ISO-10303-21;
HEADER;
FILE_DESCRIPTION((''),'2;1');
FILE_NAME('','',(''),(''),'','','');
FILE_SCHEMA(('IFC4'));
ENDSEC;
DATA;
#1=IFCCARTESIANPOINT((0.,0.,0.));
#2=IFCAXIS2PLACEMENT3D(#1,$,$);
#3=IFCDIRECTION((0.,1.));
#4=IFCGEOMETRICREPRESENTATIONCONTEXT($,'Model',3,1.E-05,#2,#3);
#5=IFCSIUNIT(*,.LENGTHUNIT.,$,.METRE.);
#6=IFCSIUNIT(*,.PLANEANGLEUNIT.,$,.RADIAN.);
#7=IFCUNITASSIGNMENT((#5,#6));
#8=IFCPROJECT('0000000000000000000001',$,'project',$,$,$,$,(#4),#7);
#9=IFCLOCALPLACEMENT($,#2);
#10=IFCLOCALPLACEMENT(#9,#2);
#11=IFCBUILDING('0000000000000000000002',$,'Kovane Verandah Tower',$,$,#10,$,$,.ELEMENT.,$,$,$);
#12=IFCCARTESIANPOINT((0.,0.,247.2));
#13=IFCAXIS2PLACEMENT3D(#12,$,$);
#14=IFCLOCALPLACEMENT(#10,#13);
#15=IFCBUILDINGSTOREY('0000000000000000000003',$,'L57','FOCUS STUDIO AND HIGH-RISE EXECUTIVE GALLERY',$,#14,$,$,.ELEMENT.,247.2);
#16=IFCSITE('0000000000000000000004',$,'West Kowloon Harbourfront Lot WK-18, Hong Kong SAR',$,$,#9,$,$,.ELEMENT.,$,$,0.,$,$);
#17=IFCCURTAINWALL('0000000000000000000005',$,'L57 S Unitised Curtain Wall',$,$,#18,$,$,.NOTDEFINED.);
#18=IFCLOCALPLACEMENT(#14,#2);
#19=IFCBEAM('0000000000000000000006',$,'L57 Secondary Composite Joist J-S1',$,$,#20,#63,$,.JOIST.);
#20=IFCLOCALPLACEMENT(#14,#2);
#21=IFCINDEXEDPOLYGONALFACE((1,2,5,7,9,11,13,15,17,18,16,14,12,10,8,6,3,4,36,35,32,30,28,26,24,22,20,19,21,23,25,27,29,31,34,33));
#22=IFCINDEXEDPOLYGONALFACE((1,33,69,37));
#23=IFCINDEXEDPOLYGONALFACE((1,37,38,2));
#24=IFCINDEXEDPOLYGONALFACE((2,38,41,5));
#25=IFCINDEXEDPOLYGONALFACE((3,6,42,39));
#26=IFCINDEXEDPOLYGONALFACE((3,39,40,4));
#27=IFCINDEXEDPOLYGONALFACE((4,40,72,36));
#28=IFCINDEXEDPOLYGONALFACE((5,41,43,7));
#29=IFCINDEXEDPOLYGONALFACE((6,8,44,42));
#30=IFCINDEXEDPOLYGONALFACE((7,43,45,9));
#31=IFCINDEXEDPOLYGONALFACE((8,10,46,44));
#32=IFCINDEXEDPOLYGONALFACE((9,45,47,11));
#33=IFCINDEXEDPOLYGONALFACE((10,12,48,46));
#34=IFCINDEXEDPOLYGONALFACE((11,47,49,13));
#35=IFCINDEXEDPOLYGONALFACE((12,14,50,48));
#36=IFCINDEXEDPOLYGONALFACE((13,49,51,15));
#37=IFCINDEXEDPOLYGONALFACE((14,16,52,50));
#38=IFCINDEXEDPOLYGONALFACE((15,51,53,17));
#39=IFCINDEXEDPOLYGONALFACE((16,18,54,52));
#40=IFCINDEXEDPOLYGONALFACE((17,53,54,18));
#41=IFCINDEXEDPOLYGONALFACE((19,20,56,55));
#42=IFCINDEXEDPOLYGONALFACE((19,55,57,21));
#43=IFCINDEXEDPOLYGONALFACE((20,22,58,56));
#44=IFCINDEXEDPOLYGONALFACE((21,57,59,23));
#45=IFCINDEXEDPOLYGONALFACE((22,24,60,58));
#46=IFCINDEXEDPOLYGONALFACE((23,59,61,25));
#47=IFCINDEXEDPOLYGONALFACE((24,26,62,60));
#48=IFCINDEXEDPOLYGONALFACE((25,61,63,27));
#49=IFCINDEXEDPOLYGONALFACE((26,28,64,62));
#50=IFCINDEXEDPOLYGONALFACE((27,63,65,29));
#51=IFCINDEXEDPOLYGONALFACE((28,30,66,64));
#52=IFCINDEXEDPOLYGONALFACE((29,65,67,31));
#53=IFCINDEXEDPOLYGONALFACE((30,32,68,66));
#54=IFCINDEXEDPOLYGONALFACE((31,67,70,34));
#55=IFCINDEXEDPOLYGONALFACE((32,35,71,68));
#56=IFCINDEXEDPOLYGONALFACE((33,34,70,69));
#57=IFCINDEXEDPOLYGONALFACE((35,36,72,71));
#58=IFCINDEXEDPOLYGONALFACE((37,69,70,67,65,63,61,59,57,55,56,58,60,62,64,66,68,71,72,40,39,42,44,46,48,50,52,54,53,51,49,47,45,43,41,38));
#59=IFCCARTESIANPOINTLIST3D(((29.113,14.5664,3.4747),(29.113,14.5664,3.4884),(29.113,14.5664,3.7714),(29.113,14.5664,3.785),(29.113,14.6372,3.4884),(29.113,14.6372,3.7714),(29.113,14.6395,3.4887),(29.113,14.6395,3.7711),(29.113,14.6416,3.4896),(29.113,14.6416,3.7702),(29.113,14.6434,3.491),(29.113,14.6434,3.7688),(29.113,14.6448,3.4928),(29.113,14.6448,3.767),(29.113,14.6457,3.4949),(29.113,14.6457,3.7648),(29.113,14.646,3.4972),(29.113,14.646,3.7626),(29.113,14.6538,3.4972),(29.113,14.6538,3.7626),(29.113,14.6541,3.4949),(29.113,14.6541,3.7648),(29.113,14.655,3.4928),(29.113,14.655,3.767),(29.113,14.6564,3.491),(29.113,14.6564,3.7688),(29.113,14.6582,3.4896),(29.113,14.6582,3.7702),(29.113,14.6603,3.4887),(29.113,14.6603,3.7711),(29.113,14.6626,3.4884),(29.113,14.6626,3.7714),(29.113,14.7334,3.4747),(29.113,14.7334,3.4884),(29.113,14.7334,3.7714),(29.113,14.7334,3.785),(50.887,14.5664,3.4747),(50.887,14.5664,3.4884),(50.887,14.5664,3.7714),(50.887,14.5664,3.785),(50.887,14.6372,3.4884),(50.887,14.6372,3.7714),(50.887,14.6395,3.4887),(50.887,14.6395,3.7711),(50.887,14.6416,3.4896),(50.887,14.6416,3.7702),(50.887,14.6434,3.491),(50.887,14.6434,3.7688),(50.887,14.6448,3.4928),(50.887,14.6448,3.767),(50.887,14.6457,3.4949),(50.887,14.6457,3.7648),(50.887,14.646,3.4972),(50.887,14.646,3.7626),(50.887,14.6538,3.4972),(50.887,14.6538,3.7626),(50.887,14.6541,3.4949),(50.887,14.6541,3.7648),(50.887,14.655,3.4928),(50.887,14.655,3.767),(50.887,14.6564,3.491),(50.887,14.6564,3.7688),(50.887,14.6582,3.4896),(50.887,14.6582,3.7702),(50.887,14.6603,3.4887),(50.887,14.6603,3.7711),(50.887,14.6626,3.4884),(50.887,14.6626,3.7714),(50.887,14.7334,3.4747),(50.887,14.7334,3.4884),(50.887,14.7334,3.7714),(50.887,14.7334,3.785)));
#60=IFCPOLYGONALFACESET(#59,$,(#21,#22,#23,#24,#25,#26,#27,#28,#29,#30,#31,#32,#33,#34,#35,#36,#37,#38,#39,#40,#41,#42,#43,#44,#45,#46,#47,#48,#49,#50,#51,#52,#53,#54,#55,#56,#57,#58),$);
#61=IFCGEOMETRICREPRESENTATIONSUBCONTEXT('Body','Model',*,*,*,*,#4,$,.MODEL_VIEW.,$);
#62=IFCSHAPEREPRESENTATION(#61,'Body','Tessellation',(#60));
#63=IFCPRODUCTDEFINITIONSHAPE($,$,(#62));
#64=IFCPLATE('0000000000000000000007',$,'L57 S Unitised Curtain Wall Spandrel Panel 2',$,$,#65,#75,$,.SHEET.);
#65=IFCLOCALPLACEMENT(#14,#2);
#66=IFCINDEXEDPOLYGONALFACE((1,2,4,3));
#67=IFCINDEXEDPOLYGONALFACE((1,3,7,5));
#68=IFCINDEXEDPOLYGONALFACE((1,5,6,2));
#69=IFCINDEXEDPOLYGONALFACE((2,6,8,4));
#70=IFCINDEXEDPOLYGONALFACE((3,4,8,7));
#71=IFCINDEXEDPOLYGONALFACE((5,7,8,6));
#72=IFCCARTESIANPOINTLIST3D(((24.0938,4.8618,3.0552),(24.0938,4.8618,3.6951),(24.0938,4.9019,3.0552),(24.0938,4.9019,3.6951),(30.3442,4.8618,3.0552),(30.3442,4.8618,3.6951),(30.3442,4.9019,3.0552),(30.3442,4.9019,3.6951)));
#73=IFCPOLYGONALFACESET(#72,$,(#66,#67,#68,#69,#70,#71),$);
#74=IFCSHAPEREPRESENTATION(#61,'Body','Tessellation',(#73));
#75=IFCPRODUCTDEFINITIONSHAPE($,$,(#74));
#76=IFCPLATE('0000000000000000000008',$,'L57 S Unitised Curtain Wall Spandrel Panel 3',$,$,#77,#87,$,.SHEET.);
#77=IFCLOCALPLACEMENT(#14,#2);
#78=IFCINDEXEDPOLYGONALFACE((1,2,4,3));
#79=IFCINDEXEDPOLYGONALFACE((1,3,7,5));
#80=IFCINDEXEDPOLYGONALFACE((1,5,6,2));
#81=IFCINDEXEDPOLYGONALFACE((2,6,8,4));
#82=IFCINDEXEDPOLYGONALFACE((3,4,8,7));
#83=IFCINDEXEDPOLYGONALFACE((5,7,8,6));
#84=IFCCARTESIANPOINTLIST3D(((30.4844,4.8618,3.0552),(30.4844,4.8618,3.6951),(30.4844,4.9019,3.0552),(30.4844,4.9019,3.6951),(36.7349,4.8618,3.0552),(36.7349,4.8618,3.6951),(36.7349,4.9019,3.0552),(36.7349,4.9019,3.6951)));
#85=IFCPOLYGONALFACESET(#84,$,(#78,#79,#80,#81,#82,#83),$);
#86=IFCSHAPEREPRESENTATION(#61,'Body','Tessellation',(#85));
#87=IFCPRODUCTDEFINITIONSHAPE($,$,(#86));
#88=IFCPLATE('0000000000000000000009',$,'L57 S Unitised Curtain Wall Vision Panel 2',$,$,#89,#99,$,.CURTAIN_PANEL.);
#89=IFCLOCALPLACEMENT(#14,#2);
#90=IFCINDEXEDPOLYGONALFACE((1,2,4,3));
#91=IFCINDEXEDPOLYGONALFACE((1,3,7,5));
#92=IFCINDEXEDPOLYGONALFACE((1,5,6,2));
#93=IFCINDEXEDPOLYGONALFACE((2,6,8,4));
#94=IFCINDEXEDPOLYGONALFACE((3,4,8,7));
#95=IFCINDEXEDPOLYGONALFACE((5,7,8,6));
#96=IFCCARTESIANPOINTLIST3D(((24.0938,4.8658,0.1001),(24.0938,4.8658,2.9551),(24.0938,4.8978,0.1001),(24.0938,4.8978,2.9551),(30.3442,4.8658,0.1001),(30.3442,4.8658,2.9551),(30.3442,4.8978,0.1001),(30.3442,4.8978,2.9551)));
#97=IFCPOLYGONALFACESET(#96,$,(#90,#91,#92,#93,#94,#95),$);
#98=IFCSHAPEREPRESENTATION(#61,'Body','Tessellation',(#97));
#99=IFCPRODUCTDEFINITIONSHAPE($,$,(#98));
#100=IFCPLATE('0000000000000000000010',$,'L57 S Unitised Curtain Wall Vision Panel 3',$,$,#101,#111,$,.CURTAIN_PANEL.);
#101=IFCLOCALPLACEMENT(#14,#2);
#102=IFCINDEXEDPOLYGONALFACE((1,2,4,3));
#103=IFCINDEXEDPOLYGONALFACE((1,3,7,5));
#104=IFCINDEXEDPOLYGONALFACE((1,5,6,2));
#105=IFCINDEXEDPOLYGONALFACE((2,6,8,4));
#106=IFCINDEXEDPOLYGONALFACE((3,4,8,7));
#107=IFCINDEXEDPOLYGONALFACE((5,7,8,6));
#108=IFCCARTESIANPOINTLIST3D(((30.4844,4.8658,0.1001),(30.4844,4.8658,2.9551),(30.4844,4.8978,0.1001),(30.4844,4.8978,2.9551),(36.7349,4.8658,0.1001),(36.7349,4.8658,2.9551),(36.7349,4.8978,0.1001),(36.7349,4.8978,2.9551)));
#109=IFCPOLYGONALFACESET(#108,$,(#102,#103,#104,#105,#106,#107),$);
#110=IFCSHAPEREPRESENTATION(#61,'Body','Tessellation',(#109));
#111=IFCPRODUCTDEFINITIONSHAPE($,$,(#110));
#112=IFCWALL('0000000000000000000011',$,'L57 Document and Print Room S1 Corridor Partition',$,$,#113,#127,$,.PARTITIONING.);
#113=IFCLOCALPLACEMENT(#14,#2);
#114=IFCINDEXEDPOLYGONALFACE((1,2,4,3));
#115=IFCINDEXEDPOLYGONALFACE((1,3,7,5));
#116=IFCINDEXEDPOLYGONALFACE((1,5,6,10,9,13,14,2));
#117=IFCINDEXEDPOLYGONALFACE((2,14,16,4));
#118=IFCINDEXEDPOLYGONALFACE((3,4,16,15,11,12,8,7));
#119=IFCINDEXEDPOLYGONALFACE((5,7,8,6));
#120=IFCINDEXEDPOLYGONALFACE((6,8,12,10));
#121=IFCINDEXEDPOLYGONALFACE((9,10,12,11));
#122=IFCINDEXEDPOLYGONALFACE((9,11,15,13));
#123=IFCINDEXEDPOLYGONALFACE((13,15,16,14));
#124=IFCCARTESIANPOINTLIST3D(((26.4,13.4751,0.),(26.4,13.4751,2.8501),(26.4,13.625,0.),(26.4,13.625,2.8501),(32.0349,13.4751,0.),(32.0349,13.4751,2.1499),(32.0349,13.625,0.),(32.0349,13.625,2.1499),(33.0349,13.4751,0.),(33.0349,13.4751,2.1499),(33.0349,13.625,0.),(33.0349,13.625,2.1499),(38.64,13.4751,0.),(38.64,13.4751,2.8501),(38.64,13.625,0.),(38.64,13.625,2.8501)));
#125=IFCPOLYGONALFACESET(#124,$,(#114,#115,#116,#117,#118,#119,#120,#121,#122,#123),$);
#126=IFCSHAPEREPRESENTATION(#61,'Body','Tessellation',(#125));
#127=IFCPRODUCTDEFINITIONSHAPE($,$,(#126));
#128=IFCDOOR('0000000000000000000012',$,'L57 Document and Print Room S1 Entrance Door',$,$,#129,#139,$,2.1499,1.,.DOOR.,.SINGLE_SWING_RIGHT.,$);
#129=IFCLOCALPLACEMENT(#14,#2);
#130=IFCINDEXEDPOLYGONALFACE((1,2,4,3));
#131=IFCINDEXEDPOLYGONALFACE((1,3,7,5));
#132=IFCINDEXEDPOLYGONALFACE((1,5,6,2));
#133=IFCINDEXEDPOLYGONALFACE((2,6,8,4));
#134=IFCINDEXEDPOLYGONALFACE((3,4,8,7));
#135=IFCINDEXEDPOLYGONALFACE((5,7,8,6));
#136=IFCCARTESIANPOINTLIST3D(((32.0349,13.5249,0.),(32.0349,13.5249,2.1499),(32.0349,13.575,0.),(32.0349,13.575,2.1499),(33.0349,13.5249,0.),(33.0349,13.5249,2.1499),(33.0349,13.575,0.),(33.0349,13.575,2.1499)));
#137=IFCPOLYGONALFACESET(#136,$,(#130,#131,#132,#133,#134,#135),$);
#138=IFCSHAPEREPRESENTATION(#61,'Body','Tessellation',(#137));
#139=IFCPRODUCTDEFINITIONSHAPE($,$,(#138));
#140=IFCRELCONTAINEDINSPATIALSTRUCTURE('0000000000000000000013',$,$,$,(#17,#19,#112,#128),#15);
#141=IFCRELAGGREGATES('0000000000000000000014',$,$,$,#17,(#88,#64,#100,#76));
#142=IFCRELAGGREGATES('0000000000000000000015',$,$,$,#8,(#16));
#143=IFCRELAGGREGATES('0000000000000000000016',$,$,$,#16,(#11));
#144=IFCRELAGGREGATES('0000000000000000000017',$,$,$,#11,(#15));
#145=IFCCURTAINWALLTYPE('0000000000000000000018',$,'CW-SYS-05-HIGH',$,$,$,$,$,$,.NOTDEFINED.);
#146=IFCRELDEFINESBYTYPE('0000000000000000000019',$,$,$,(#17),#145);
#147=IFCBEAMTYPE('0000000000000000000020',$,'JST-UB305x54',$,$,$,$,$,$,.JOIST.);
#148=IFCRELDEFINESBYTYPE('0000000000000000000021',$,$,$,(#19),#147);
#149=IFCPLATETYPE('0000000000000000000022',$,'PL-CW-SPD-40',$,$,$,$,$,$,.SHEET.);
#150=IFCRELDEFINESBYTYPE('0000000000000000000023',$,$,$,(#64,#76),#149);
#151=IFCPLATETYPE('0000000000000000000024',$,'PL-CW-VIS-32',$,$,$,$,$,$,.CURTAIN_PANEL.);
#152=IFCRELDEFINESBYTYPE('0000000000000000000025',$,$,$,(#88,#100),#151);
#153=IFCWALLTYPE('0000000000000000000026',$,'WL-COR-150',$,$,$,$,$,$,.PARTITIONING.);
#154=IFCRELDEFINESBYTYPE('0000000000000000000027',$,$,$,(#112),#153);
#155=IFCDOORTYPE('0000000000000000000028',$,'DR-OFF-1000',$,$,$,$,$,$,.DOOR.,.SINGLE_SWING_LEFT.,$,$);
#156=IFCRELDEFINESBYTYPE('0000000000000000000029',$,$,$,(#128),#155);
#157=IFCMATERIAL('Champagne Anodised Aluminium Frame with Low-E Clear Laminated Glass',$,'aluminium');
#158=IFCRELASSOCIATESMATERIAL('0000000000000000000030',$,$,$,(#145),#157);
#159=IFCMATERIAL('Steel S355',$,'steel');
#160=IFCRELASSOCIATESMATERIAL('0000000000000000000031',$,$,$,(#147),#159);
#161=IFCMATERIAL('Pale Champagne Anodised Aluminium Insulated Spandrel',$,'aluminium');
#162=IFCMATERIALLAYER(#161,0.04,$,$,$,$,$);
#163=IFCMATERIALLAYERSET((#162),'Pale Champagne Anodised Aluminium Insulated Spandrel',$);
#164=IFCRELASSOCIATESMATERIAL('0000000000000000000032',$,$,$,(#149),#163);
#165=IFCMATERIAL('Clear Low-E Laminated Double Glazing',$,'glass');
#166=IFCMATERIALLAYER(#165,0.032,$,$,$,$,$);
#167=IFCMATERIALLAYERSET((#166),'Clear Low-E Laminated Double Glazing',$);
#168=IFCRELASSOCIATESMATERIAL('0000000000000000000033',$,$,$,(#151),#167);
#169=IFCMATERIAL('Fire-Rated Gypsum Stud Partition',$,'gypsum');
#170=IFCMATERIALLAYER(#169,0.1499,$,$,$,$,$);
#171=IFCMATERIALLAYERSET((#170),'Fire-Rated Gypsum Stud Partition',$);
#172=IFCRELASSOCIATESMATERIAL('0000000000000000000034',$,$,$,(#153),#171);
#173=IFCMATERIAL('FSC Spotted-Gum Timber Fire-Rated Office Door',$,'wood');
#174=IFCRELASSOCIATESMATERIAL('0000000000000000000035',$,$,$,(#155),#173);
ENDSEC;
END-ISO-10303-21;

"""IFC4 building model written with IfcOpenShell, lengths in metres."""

from ifc_helpers import new_model, si_unit, direction, frame, frame_2d, origin, origin_2d, place, context, subcontext, project, spatial, rectangle, i_section, extrude, material, layer, layer_set, material_profile, profile_set, type_object, element, fill, aggregate, save


model = new_model("IFC4")

# Units and contexts
model_context = context("Model", 3, precision=1e-05, world=origin(), true_north=direction((0.0, 1.0)))
body_context = subcontext(model_context, "Body", "Model", "MODEL_VIEW")
ifc_project = project(units=[si_unit("LENGTHUNIT", "METRE"), si_unit("PLANEANGLEUNIT", "RADIAN")], contexts=[model_context])

# Site, building, storey
site_placement = place(None, origin())
site = spatial("IfcSite", under=ifc_project, at=site_placement, Name="West Kowloon Harbourfront Lot WK-18, Hong Kong SAR", CompositionType="ELEMENT", RefElevation=0.0)
building_placement = place(site_placement, origin())
building = spatial("IfcBuilding", under=site, at=building_placement, Name="Kovane Verandah Tower", CompositionType="ELEMENT")
storey_placement = place(building_placement, frame((0.0, 0.0, 247.2)))
storey = spatial("IfcBuildingStorey", under=building, at=storey_placement, Name="L57", Description="FOCUS STUDIO AND HIGH-RISE EXECUTIVE GALLERY", CompositionType="ELEMENT", Elevation=247.2)

# Shared definitions
ifc_material_1 = material(Name="Steel S355", Category="steel")

# Curtain wall
ifc_material_2 = material(Name="Champagne Anodised Aluminium Frame with Low-E Clear Laminated Glass", Category="aluminium")
curtain_wall_type = type_object("IfcCurtainWallType", Name="CW-SYS-05-HIGH", PredefinedType="NOTDEFINED", material=ifc_material_2)
curtain_wall_placement = place(storey_placement, origin())
curtain_wall = element("IfcCurtainWall", 1, at=curtain_wall_placement, inside=storey, type_object=curtain_wall_type, Name="L57 S Unitised Curtain Wall", PredefinedType="NOTDEFINED")

# Beam
ifc_material_profile_1 = material_profile(ifc_material_1, i_section(OverallWidth=0.167, OverallDepth=0.3103, WebThickness=0.0078, FlangeThickness=0.0137, FilletRadius=0.0088, at=origin_2d()), Name="UB305x165x54")
ifc_profile_set_1 = profile_set([ifc_material_profile_1], Name="Steel S355")
beam_type_1 = type_object("IfcBeamType", Name="JST-UB305x54", PredefinedType="JOIST", material=ifc_profile_set_1)
beam_1_placement = place(storey_placement, frame((29.113, 14.6499, 3.6299), z_axis=(1.0, 0.0, 0.0), x_axis=(0.0, 1.0, 0.0)))
element("IfcBeam", 2, at=beam_1_placement, inside=storey, type_object=beam_type_1, Name="L57 Secondary Composite Joist J-S1", PredefinedType="JOIST", context=body_context, shape_type="SweptSolid", body=[
    extrude(i_section(OverallWidth=0.167, OverallDepth=0.3103, WebThickness=0.0078, FlangeThickness=0.0137, FilletRadius=0.0088, at=origin_2d()), origin(), (0.0, 0.0, 1.0), 21.7739),
])

# Plates
ifc_material_3 = material(Name="Pale Champagne Anodised Aluminium Insulated Spandrel", Category="aluminium")
ifc_layer_1 = layer(ifc_material_3, 0.04)
ifc_layer_set_1 = layer_set([ifc_layer_1], Name="Pale Champagne Anodised Aluminium Insulated Spandrel")
plate_type_1 = type_object("IfcPlateType", Name="PL-CW-SPD-40", PredefinedType="SHEET", material=ifc_layer_set_1)
plate_1_placement = place(storey_placement, frame((27.219, 4.8818, 3.0552), z_axis=(0.0, 0.0, 1.0), x_axis=(1.0, 0.0, 0.0)))
plate_1 = element("IfcPlate", 3, at=plate_1_placement, type_object=plate_type_1, Name="L57 S Unitised Curtain Wall Spandrel Panel 2", PredefinedType="SHEET", context=body_context, shape_type="SweptSolid", body=[
    extrude(rectangle(XDim=6.2505, YDim=0.04, at=origin_2d()), origin(), (0.0, 0.0, 1.0), 0.6399),
])
plate_2_placement = place(storey_placement, frame((33.6096, 4.8818, 3.0552), z_axis=(0.0, 0.0, 1.0), x_axis=(1.0, 0.0, 0.0)))
plate_2 = element("IfcPlate", 4, at=plate_2_placement, type_object=plate_type_1, Name="L57 S Unitised Curtain Wall Spandrel Panel 3", PredefinedType="SHEET", context=body_context, shape_type="SweptSolid", body=[
    extrude(rectangle(XDim=6.2505, YDim=0.04, at=origin_2d()), origin(), (0.0, 0.0, 1.0), 0.6399),
])
ifc_material_4 = material(Name="Clear Low-E Laminated Double Glazing", Category="glass")
ifc_layer_2 = layer(ifc_material_4, 0.032)
ifc_layer_set_2 = layer_set([ifc_layer_2], Name="Clear Low-E Laminated Double Glazing")
plate_type_2 = type_object("IfcPlateType", Name="PL-CW-VIS-32", PredefinedType="CURTAIN_PANEL", material=ifc_layer_set_2)
plate_3_placement = place(storey_placement, frame((27.219, 4.8818, 0.1001), z_axis=(0.0, 0.0, 1.0), x_axis=(1.0, 0.0, 0.0)))
plate_3 = element("IfcPlate", 5, at=plate_3_placement, type_object=plate_type_2, Name="L57 S Unitised Curtain Wall Vision Panel 2", PredefinedType="CURTAIN_PANEL", context=body_context, shape_type="SweptSolid", body=[
    extrude(rectangle(XDim=6.2505, YDim=0.032, at=origin_2d()), origin(), (0.0, 0.0, 1.0), 2.855),
])
plate_4_placement = place(storey_placement, frame((33.6096, 4.8818, 0.1001), z_axis=(0.0, 0.0, 1.0), x_axis=(1.0, 0.0, 0.0)))
plate_4 = element("IfcPlate", 6, at=plate_4_placement, type_object=plate_type_2, Name="L57 S Unitised Curtain Wall Vision Panel 3", PredefinedType="CURTAIN_PANEL", context=body_context, shape_type="SweptSolid", body=[
    extrude(rectangle(XDim=6.2505, YDim=0.032, at=origin_2d()), origin(), (0.0, 0.0, 1.0), 2.855),
])
aggregate(curtain_wall, [plate_3, plate_1, plate_4, plate_2])

# Wall, opening, door
ifc_material_5 = material(Name="Fire-Rated Gypsum Stud Partition", Category="gypsum")
ifc_layer_3 = layer(ifc_material_5, 0.1499)
ifc_layer_set_3 = layer_set([ifc_layer_3], Name="Fire-Rated Gypsum Stud Partition")
wall_type = type_object("IfcWallType", Name="WL-COR-150", PredefinedType="PARTITIONING", material=ifc_layer_set_3)
wall_placement = place(storey_placement, frame((26.3999, 13.55, 0.0), z_axis=(0.0, 0.0, 1.0), x_axis=(1.0, 0.0, 0.0)))
wall = element("IfcWall", 7, at=wall_placement, inside=storey, type_object=wall_type, Name="L57 Document and Print Room S1 Corridor Partition", PredefinedType="PARTITIONING", context=body_context, shape_type="SweptSolid", body=[
    extrude(rectangle(XDim=12.24, YDim=0.1499, at=frame_2d((6.1201, 0.0))), origin(), (0.0, 0.0, 1.0), 2.8501),
])
opening_placement = place(wall_placement, frame((5.635, 0.0, 0.0)))
opening = element("IfcOpeningElement", 8, at=opening_placement, cuts=wall, PredefinedType="OPENING", context=body_context, shape_type="SweptSolid", body=[
    extrude(rectangle(XDim=1.0, YDim=2.1499, at=frame_2d((0.5, 1.075))), frame((0.0, 0.075, 0.0), z_axis=(0.0, -1.0, 0.0), x_axis=(1.0, 0.0, 0.0)), (0.0, 0.0, 1.0), 0.1499),
])
ifc_material_6 = material(Name="FSC Spotted-Gum Timber Fire-Rated Office Door", Category="wood")
door_type = type_object("IfcDoorType", Name="DR-OFF-1000", OperationType="SINGLE_SWING_LEFT", PredefinedType="DOOR", material=ifc_material_6)
door_placement = place(opening_placement, origin())
door = element("IfcDoor", 9, at=door_placement, inside=storey, type_object=door_type, Name="L57 Document and Print Room S1 Entrance Door", OperationType="SINGLE_SWING_RIGHT", OverallHeight=2.1499, OverallWidth=1.0, PredefinedType="DOOR", context=body_context, shape_type="SweptSolid", body=[
    extrude(rectangle(XDim=1.0, YDim=2.1499, at=frame_2d((0.5, 1.075))), frame((0.0, 0.0249, 0.0), z_axis=(0.0, -1.0, 0.0), x_axis=(1.0, 0.0, 0.0)), (0.0, 0.0, 1.0), 0.05),
])
fill(opening, door)

save(model, "model.ifc")
